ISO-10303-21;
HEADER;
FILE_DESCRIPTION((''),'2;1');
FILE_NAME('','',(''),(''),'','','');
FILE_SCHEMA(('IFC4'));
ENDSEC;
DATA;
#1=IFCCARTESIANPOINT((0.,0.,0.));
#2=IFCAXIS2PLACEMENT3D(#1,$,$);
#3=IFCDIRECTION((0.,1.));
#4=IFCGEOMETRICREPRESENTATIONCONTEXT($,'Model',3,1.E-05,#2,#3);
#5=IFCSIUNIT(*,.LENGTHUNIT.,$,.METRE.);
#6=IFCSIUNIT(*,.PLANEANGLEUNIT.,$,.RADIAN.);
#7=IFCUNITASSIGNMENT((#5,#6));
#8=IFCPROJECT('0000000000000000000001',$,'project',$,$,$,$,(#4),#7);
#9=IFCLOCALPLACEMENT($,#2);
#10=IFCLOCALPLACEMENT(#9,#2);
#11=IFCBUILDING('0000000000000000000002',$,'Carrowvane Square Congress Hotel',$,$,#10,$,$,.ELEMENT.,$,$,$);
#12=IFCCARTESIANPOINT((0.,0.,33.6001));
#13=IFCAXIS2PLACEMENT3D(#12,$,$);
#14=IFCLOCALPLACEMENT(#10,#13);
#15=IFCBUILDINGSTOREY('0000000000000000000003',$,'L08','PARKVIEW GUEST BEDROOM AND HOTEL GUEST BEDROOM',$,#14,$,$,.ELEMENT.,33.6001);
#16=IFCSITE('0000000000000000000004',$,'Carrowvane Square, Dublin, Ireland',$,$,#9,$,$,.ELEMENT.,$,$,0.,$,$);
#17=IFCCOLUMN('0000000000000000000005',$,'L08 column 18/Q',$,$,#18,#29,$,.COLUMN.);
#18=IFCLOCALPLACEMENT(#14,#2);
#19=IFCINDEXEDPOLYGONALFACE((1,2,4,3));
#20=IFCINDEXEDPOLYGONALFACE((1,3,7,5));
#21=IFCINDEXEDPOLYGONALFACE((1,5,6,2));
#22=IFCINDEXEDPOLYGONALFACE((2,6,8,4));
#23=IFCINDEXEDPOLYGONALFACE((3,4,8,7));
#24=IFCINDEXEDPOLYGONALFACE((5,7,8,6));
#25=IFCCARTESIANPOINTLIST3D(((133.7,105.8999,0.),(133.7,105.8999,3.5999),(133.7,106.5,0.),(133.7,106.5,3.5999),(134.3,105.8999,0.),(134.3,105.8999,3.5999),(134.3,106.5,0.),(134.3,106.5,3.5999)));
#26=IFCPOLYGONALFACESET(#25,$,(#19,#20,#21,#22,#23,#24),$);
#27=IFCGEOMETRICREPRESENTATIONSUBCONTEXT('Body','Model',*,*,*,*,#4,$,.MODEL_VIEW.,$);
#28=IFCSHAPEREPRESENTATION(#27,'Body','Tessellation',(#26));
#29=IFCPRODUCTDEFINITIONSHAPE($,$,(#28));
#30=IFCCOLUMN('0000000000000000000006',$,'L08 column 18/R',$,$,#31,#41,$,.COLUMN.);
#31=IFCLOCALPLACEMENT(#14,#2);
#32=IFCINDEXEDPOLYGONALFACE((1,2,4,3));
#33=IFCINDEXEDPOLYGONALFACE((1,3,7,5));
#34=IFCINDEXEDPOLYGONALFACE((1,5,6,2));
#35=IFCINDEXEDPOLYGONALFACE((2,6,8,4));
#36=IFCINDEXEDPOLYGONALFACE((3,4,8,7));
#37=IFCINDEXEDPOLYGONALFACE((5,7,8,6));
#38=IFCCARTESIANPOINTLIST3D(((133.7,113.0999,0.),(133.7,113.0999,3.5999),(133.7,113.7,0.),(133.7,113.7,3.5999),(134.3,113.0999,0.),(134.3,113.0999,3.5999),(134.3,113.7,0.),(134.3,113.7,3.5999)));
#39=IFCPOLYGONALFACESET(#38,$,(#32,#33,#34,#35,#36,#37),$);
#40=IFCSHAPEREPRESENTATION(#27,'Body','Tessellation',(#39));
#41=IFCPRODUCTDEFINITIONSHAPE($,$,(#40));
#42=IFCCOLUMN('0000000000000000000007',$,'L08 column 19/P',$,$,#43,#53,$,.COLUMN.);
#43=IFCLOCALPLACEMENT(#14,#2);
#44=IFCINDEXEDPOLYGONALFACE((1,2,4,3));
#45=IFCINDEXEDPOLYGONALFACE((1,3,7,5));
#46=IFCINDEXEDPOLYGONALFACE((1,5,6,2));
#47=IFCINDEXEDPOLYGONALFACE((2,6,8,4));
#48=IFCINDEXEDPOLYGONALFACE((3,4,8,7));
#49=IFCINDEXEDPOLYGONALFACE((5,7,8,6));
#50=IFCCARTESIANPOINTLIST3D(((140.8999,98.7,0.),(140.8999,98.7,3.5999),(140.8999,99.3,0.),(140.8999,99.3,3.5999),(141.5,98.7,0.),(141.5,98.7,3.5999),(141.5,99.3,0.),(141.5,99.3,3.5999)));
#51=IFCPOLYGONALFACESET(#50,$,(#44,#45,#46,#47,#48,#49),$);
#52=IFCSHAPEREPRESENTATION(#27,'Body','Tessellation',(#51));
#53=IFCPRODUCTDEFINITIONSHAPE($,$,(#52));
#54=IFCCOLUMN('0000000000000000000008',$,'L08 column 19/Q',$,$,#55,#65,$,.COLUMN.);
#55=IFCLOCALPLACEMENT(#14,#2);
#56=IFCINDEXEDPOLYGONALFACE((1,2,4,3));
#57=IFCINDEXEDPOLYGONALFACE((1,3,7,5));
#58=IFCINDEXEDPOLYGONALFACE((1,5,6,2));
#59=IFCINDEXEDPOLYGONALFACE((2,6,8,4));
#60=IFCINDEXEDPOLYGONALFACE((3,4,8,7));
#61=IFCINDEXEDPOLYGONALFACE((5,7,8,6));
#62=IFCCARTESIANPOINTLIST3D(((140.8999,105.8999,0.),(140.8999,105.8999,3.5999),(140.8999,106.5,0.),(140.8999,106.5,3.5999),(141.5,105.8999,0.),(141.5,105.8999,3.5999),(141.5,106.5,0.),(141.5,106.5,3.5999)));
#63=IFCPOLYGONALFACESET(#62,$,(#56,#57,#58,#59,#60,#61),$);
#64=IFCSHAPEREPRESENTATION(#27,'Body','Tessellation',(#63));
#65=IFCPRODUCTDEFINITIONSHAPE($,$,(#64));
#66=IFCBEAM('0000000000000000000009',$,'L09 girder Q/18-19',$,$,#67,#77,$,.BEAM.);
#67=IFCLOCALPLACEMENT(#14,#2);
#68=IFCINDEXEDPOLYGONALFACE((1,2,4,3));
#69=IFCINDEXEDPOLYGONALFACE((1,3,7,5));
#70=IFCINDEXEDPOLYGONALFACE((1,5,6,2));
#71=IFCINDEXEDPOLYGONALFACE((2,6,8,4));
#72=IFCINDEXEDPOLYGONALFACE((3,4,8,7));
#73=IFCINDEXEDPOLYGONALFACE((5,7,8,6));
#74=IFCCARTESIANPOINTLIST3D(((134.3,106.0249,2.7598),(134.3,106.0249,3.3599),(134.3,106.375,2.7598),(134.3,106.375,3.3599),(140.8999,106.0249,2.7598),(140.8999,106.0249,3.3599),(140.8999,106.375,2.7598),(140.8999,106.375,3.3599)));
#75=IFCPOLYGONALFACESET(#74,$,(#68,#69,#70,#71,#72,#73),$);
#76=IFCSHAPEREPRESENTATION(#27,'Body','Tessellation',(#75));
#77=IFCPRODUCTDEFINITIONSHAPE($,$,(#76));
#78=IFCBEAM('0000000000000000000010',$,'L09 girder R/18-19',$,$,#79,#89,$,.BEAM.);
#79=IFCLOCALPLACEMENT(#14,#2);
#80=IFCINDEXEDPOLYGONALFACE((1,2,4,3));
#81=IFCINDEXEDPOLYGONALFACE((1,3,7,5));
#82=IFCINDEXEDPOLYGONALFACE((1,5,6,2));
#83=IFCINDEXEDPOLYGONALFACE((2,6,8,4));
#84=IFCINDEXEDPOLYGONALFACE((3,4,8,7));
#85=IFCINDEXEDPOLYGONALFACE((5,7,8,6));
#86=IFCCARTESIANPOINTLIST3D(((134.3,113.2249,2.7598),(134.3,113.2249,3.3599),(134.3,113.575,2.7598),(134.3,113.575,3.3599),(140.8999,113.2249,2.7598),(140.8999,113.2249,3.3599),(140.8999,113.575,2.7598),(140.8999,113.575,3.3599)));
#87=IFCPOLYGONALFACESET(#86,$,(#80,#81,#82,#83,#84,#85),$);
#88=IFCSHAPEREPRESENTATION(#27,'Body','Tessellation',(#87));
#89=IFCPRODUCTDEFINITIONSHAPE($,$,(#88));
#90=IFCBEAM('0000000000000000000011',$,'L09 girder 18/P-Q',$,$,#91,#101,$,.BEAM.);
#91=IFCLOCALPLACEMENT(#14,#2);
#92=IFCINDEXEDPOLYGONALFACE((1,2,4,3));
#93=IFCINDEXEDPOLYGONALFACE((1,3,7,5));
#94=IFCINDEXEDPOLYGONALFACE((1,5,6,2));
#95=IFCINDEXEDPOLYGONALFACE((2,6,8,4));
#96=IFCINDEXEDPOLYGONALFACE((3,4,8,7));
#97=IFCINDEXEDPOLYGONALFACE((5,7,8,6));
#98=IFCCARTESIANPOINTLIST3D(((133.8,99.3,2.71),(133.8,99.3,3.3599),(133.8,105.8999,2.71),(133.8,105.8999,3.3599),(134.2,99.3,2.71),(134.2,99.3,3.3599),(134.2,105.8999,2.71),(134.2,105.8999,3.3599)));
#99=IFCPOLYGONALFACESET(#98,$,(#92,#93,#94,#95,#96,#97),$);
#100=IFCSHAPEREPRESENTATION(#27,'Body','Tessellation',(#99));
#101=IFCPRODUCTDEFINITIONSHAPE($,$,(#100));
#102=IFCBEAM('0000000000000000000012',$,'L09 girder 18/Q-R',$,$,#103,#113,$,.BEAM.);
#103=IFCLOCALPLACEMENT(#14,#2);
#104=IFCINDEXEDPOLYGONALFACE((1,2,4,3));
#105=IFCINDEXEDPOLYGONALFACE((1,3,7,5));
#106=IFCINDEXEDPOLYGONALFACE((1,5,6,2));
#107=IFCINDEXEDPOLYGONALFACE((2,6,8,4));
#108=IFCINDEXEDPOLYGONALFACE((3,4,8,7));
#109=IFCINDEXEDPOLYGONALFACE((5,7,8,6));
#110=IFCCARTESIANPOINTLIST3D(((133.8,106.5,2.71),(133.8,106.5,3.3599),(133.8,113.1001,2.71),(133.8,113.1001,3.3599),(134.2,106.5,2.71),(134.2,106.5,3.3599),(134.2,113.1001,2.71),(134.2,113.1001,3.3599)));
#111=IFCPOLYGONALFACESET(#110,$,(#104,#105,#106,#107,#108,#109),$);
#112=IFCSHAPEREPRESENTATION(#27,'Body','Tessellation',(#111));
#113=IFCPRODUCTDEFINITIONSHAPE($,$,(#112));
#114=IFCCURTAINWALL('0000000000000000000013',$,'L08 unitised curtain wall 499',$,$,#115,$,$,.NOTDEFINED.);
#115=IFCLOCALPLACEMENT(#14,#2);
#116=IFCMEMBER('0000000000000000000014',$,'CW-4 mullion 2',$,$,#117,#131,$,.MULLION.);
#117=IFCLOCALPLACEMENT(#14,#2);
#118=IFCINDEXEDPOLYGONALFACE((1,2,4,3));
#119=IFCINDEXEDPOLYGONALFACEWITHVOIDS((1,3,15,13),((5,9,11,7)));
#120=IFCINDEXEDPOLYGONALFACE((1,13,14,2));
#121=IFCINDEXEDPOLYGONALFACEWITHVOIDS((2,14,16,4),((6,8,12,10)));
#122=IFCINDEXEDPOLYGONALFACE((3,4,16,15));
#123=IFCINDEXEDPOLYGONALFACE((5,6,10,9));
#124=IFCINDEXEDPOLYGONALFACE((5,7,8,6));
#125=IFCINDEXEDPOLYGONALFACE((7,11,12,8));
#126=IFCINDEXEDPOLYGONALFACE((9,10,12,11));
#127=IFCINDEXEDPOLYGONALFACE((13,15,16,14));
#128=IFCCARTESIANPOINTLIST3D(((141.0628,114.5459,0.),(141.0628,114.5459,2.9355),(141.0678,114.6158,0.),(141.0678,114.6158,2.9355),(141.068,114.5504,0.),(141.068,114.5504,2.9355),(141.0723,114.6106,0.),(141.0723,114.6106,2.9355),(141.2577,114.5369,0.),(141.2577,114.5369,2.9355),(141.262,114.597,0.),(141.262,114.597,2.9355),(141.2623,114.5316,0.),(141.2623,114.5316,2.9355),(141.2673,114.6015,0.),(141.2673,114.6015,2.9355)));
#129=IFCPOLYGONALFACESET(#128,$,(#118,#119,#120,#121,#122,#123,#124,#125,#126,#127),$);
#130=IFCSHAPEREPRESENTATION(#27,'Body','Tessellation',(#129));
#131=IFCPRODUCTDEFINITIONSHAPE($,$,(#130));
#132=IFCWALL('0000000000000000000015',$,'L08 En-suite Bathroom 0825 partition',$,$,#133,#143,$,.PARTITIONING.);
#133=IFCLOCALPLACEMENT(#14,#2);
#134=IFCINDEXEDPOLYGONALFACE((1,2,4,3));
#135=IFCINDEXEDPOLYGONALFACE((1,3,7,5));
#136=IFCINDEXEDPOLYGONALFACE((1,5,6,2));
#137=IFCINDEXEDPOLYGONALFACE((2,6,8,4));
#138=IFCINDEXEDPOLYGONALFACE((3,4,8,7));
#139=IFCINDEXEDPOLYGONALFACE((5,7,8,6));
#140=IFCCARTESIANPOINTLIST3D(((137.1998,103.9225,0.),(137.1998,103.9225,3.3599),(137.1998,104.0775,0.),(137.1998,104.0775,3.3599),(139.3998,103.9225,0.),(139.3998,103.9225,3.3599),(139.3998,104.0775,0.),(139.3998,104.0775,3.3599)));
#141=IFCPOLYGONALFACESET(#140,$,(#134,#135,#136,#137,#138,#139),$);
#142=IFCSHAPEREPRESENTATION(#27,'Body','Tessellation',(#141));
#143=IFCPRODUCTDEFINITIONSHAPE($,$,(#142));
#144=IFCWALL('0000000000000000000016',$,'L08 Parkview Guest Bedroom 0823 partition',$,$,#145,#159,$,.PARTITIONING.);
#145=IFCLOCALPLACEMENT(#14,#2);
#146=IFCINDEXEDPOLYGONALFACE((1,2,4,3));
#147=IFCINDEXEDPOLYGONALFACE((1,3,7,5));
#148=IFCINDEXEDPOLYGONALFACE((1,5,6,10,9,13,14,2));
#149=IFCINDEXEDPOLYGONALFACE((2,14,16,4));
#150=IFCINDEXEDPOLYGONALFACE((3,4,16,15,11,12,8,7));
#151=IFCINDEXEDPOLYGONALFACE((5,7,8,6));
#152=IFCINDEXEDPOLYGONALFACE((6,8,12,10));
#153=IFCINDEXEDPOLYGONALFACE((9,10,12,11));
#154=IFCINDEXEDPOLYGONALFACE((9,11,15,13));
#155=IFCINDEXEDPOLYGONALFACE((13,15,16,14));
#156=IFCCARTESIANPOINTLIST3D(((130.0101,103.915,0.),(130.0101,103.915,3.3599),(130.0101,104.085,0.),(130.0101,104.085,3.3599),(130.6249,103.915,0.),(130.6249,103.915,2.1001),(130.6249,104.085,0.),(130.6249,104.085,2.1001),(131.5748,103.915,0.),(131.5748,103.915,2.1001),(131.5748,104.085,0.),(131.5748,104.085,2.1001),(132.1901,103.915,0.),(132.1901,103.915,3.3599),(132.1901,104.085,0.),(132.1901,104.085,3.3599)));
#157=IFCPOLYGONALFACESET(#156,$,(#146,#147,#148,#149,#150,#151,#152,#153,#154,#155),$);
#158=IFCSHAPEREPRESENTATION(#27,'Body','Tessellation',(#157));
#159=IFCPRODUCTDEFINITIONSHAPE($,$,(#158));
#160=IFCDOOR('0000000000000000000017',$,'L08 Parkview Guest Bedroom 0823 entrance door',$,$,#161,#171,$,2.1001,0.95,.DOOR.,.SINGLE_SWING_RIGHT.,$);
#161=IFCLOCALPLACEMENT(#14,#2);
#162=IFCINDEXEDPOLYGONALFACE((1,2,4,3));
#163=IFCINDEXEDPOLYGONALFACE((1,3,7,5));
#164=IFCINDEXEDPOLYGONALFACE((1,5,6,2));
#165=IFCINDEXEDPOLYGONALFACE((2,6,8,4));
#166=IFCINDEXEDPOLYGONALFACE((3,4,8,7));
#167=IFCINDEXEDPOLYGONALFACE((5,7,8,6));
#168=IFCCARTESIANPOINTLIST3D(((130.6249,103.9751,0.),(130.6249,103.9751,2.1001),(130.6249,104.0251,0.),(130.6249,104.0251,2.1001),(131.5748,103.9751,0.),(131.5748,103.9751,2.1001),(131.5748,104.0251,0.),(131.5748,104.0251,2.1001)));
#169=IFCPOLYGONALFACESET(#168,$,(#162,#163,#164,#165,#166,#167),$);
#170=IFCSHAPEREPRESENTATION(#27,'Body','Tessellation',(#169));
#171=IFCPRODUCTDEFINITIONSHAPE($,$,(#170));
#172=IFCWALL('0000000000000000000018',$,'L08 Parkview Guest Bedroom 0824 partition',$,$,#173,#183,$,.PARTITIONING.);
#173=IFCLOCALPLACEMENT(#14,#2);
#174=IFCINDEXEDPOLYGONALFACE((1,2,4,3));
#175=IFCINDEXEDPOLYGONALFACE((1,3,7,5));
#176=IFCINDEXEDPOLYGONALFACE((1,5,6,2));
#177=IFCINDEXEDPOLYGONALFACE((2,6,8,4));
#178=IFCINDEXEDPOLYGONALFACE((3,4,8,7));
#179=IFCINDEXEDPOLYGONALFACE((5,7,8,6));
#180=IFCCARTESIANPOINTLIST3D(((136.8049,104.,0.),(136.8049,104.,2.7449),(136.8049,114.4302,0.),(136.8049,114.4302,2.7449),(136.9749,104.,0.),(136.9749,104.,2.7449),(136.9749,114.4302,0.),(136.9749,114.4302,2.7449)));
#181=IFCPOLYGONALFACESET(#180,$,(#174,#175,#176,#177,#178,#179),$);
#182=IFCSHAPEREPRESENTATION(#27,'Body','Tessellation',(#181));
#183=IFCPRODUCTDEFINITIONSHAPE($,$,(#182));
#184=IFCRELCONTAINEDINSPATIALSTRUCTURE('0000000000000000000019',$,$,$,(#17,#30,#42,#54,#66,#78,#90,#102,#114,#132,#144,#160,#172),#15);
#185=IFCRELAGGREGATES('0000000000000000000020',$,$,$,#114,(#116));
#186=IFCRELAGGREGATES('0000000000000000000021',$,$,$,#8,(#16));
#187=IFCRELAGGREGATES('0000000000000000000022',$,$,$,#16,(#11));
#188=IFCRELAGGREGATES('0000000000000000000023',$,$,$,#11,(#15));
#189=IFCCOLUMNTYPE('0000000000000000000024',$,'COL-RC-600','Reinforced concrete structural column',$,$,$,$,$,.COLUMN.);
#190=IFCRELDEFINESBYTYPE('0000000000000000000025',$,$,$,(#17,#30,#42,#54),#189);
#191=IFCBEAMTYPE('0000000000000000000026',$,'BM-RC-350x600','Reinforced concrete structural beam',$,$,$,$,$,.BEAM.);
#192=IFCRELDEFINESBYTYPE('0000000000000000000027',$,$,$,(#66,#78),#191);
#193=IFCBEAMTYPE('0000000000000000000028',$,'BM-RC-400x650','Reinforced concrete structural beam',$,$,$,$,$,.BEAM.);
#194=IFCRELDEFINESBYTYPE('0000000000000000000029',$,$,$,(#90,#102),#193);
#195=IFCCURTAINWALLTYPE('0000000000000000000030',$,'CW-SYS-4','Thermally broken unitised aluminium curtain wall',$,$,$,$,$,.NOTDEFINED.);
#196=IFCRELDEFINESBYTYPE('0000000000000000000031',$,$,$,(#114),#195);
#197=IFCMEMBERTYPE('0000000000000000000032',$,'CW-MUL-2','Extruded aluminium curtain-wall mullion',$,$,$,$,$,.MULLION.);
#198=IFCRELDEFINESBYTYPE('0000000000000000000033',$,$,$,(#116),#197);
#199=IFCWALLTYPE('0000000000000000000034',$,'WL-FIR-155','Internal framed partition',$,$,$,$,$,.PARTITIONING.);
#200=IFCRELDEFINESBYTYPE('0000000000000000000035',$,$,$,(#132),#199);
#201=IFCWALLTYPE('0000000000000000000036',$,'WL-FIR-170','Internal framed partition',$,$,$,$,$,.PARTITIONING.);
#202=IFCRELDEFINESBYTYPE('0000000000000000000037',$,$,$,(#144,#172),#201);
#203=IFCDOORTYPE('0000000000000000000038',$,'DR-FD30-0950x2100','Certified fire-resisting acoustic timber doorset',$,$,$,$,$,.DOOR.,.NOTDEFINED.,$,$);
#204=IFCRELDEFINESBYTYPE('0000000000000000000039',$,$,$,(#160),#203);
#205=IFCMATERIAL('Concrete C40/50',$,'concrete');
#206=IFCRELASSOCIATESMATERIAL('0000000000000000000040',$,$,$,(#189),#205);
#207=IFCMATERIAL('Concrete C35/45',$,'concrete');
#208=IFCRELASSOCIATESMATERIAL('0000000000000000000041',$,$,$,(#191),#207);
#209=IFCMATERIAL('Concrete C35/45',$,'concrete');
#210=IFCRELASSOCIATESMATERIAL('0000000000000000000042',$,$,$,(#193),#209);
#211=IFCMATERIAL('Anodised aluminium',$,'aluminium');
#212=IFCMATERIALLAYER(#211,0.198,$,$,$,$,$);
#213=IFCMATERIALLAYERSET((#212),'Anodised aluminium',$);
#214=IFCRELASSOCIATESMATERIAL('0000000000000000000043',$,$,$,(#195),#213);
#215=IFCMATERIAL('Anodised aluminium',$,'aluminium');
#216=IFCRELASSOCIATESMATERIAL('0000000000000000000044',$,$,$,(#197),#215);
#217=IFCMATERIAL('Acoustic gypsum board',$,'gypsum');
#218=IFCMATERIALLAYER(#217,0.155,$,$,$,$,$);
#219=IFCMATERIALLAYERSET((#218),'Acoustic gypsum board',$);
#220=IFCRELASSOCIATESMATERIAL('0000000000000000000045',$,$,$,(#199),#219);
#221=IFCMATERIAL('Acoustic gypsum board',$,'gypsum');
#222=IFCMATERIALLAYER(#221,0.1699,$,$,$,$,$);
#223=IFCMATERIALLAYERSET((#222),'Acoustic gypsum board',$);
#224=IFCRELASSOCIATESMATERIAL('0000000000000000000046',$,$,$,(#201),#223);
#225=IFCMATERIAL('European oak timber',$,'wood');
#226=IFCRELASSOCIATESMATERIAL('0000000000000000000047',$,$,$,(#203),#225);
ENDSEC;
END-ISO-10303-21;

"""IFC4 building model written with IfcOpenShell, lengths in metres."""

from ifc_helpers import new_model, si_unit, direction, frame, frame_2d, origin, origin_2d, place, context, subcontext, project, spatial, rectangle, hollow_rectangle, extrude, material, layer, layer_set, material_profile, profile_set, type_object, element, fill, aggregate, save


model = new_model("IFC4")

# Units and contexts
model_context = context("Model", 3, precision=1e-05, world=origin(), true_north=direction((0.0, 1.0)))
body_context = subcontext(model_context, "Body", "Model", "MODEL_VIEW")
ifc_project = project(units=[si_unit("LENGTHUNIT", "METRE"), si_unit("PLANEANGLEUNIT", "RADIAN")], contexts=[model_context])

# Site, building, storey
site_placement = place(None, origin())
site = spatial("IfcSite", under=ifc_project, at=site_placement, Name="Carrowvane Square, Dublin, Ireland", CompositionType="ELEMENT", RefElevation=0.0)
building_placement = place(site_placement, origin())
building = spatial("IfcBuilding", under=site, at=building_placement, Name="Carrowvane Square Congress Hotel", CompositionType="ELEMENT")
storey_placement = place(building_placement, frame((0.0, 0.0, 33.6001)))
storey = spatial("IfcBuildingStorey", under=building, at=storey_placement, Name="L08", Description="PARKVIEW GUEST BEDROOM AND HOTEL GUEST BEDROOM", CompositionType="ELEMENT", Elevation=33.6001)

# Columns
ifc_material_1 = material(Name="Concrete C40/50", Category="concrete")
ifc_material_profile_1 = material_profile(ifc_material_1, rectangle(XDim=0.6001, YDim=0.6001, at=origin_2d()), Name="RC 600x600")
ifc_profile_set_1 = profile_set([ifc_material_profile_1], Name="Concrete C40/50")
column_type = type_object("IfcColumnType", Name="COL-RC-600", Description="Reinforced concrete structural column", PredefinedType="COLUMN", material=ifc_profile_set_1)
for number, where, z_axis, x_axis, name in (
    (1, (134.0, 106.2, 0.0), (0.0, 0.0, 1.0), (1.0, 0.0, 0.0), "L08 column 18/Q"),
    (2, (134.0, 113.3999, 0.0), (0.0, 0.0, 1.0), (1.0, 0.0, 0.0), "L08 column 18/R"),
    (3, (141.2, 99.0, 0.0), (0.0, 0.0, 1.0), (1.0, 0.0, 0.0), "L08 column 19/P"),
    (4, (141.2, 106.2, 0.0), (0.0, 0.0, 1.0), (1.0, 0.0, 0.0), "L08 column 19/Q"),
):
    element("IfcColumn", number, at=place(storey_placement, frame(where, z_axis=z_axis, x_axis=x_axis)), inside=storey, type_object=column_type, Name=name, PredefinedType="COLUMN", context=body_context, shape_type="SweptSolid", body=[
        extrude(rectangle(XDim=0.6001, YDim=0.6001, at=origin_2d()), origin(), (0.0, 0.0, 1.0), 3.5999),
    ])

# Beams
ifc_material_2 = material(Name="Concrete C35/45", Category="concrete")
ifc_material_profile_2 = material_profile(ifc_material_2, rectangle(XDim=0.3501, YDim=0.6001, at=origin_2d()), Name="RC 350x600")
ifc_profile_set_2 = profile_set([ifc_material_profile_2], Name="Concrete C35/45")
beam_type_1 = type_object("IfcBeamType", Name="BM-RC-350x600", Description="Reinforced concrete structural beam", PredefinedType="BEAM", material=ifc_profile_set_2)
for number, where, z_axis, x_axis, name in (
    (5, (134.3, 106.2, 3.0598), (1.0, 0.0, 0.0), (0.0, 1.0, 0.0), "L09 girder Q/18-19"),
    (6, (134.3, 113.3999, 3.0598), (1.0, 0.0, 0.0), (0.0, 1.0, 0.0), "L09 girder R/18-19"),
):
    element("IfcBeam", number, at=place(storey_placement, frame(where, z_axis=z_axis, x_axis=x_axis)), inside=storey, type_object=beam_type_1, Name=name, PredefinedType="BEAM", context=body_context, shape_type="SweptSolid", body=[
        extrude(rectangle(XDim=0.3501, YDim=0.6001, at=origin_2d()), origin(), (0.0, 0.0, 1.0), 6.5999),
    ])
ifc_material_3 = material(Name="Concrete C35/45", Category="concrete")
ifc_material_profile_3 = material_profile(ifc_material_3, rectangle(XDim=0.3999, YDim=0.6499, at=origin_2d()), Name="RC 400x650")
ifc_profile_set_3 = profile_set([ifc_material_profile_3], Name="Concrete C35/45")
beam_type_2 = type_object("IfcBeamType", Name="BM-RC-400x650", Description="Reinforced concrete structural beam", PredefinedType="BEAM", material=ifc_profile_set_3)
beam_1_placement = place(storey_placement, frame((134.0, 99.3, 3.0349), z_axis=(0.0, 1.0, 0.0), x_axis=(-1.0, 0.0, 0.0)))
element("IfcBeam", 7, at=beam_1_placement, inside=storey, type_object=beam_type_2, Name="L09 girder 18/P-Q", PredefinedType="BEAM", context=body_context, shape_type="SweptSolid", body=[
    extrude(rectangle(XDim=0.3999, YDim=0.6499, at=origin_2d()), origin(), (0.0, 0.0, 1.0), 6.5999),
])
beam_2_placement = place(storey_placement, frame((134.0, 106.5, 3.0349), z_axis=(0.0, 1.0, 0.0), x_axis=(-1.0, 0.0, 0.0)))
element("IfcBeam", 8, at=beam_2_placement, inside=storey, type_object=beam_type_2, Name="L09 girder 18/Q-R", PredefinedType="BEAM", context=body_context, shape_type="SweptSolid", body=[
    extrude(rectangle(XDim=0.3999, YDim=0.6499, at=origin_2d()), origin(), (0.0, 0.0, 1.0), 6.6001),
])

# Curtain wall, member
ifc_material_4 = material(Name="Anodised aluminium", Category="aluminium")
ifc_layer_1 = layer(ifc_material_4, 0.198)
ifc_layer_set_1 = layer_set([ifc_layer_1], Name="Anodised aluminium")
curtain_wall_type = type_object("IfcCurtainWallType", Name="CW-SYS-4", Description="Thermally broken unitised aluminium curtain wall", PredefinedType="NOTDEFINED", material=ifc_layer_set_1)
curtain_wall_placement = place(storey_placement, origin())
curtain_wall = element("IfcCurtainWall", 9, at=curtain_wall_placement, inside=storey, type_object=curtain_wall_type, Name="L08 unitised curtain wall 499", PredefinedType="NOTDEFINED")
ifc_material_5 = material(Name="Anodised aluminium", Category="aluminium")
ifc_material_profile_4 = material_profile(ifc_material_5, hollow_rectangle(XDim=0.0701, YDim=0.2, WallThickness=0.0049, at=origin_2d()), Name="CW-ML 70x200x5")
ifc_profile_set_4 = profile_set([ifc_material_profile_4], Name="Anodised aluminium")
member_type = type_object("IfcMemberType", Name="CW-MUL-2", Description="Extruded aluminium curtain-wall mullion", PredefinedType="MULLION", material=ifc_profile_set_4)
member_placement = place(storey_placement, frame((141.165, 114.5737, 0.0), z_axis=(0.0, 0.0, 1.0), x_axis=(0.071422, 0.997446, 0.0)))
member = element("IfcMember", 10, at=member_placement, type_object=member_type, Name="CW-4 mullion 2", PredefinedType="MULLION", context=body_context, shape_type="SweptSolid", body=[
    extrude(hollow_rectangle(XDim=0.0701, YDim=0.2, WallThickness=0.0049, at=origin_2d()), origin(), (0.0, 0.0, 1.0), 2.9355),
])
aggregate(curtain_wall, [member])

# Shared definitions
ifc_material_6 = material(Name="Acoustic gypsum board", Category="gypsum")
ifc_layer_2 = layer(ifc_material_6, 0.155)
ifc_layer_set_2 = layer_set([ifc_layer_2], Name="Acoustic gypsum board")
wall_type_1 = type_object("IfcWallType", Name="WL-FIR-155", Description="Internal framed partition", PredefinedType="PARTITIONING", material=ifc_layer_set_2)

# Wall
wall_1_placement = place(storey_placement, frame((139.3999, 104.0, 0.0), z_axis=(0.0, 0.0, 1.0), x_axis=(-1.0, 0.0, 0.0)))
element("IfcWall", 11, at=wall_1_placement, inside=storey, type_object=wall_type_1, Name="L08 En-suite Bathroom 0825 partition", PredefinedType="PARTITIONING", context=body_context, shape_type="SweptSolid", body=[
    extrude(rectangle(XDim=2.2, YDim=0.155, at=frame_2d((1.1001, 0.0))), origin(), (0.0, 0.0, 1.0), 3.3599),
])

# Wall, opening, door
ifc_material_7 = material(Name="Acoustic gypsum board", Category="gypsum")
ifc_layer_3 = layer(ifc_material_7, 0.1699)
ifc_layer_set_3 = layer_set([ifc_layer_3], Name="Acoustic gypsum board")
wall_type_2 = type_object("IfcWallType", Name="WL-FIR-170", Description="Internal framed partition", PredefinedType="PARTITIONING", material=ifc_layer_set_3)
wall_2_placement = place(storey_placement, frame((132.1899, 104.0, 0.0), z_axis=(0.0, 0.0, 1.0), x_axis=(-1.0, 0.0, 0.0)))
wall_2 = element("IfcWall", 12, at=wall_2_placement, inside=storey, type_object=wall_type_2, Name="L08 Parkview Guest Bedroom 0823 partition", PredefinedType="PARTITIONING", context=body_context, shape_type="SweptSolid", body=[
    extrude(rectangle(XDim=2.1799, YDim=0.1699, at=frame_2d((1.0898, 0.0))), origin(), (0.0, 0.0, 1.0), 3.3599),
])
opening_1_placement = place(wall_2_placement, frame((0.615, 0.0, 0.0)))
opening_1 = element("IfcOpeningElement", 13, at=opening_1_placement, cuts=wall_2, PredefinedType="OPENING", context=body_context, shape_type="SweptSolid", body=[
    extrude(rectangle(XDim=0.95, YDim=2.1001, at=frame_2d((0.4751, 1.05))), frame((0.0, 0.095, 0.0), z_axis=(0.0, -1.0, 0.0), x_axis=(1.0, 0.0, 0.0)), (0.0, 0.0, 1.0), 0.1899),
])
ifc_material_8 = material(Name="European oak timber", Category="wood")
door_type_1 = type_object("IfcDoorType", Name="DR-FD30-0950x2100", Description="Certified fire-resisting acoustic timber doorset", OperationType="NOTDEFINED", PredefinedType="DOOR", material=ifc_material_8)
door_1_placement = place(opening_1_placement, origin())
door_1 = element("IfcDoor", 14, at=door_1_placement, inside=storey, type_object=door_type_1, Name="L08 Parkview Guest Bedroom 0823 entrance door", OperationType="SINGLE_SWING_RIGHT", OverallHeight=2.1001, OverallWidth=0.95, PredefinedType="DOOR", context=body_context, shape_type="SweptSolid", body=[
    extrude(rectangle(XDim=0.95, YDim=2.1001, at=frame_2d((0.4751, 1.05))), frame((0.0, 0.0249, 0.0), z_axis=(0.0, -1.0, 0.0), x_axis=(1.0, 0.0, 0.0)), (0.0, 0.0, 1.0), 0.05),
])
fill(opening_1, door_1)

# Wall
wall_3_placement = place(storey_placement, frame((136.8899, 114.4302, 0.0), z_axis=(0.0, 0.0, 1.0), x_axis=(0.0, -1.0, 0.0)))
element("IfcWall", 15, at=wall_3_placement, inside=storey, type_object=wall_type_2, Name="L08 Parkview Guest Bedroom 0824 partition", PredefinedType="PARTITIONING", context=body_context, shape_type="SweptSolid", body=[
    extrude(rectangle(XDim=10.4302, YDim=0.1699, at=frame_2d((5.2151, 0.0))), origin(), (0.0, 0.0, 1.0), 2.7449),
])

save(model, "model.ifc")
